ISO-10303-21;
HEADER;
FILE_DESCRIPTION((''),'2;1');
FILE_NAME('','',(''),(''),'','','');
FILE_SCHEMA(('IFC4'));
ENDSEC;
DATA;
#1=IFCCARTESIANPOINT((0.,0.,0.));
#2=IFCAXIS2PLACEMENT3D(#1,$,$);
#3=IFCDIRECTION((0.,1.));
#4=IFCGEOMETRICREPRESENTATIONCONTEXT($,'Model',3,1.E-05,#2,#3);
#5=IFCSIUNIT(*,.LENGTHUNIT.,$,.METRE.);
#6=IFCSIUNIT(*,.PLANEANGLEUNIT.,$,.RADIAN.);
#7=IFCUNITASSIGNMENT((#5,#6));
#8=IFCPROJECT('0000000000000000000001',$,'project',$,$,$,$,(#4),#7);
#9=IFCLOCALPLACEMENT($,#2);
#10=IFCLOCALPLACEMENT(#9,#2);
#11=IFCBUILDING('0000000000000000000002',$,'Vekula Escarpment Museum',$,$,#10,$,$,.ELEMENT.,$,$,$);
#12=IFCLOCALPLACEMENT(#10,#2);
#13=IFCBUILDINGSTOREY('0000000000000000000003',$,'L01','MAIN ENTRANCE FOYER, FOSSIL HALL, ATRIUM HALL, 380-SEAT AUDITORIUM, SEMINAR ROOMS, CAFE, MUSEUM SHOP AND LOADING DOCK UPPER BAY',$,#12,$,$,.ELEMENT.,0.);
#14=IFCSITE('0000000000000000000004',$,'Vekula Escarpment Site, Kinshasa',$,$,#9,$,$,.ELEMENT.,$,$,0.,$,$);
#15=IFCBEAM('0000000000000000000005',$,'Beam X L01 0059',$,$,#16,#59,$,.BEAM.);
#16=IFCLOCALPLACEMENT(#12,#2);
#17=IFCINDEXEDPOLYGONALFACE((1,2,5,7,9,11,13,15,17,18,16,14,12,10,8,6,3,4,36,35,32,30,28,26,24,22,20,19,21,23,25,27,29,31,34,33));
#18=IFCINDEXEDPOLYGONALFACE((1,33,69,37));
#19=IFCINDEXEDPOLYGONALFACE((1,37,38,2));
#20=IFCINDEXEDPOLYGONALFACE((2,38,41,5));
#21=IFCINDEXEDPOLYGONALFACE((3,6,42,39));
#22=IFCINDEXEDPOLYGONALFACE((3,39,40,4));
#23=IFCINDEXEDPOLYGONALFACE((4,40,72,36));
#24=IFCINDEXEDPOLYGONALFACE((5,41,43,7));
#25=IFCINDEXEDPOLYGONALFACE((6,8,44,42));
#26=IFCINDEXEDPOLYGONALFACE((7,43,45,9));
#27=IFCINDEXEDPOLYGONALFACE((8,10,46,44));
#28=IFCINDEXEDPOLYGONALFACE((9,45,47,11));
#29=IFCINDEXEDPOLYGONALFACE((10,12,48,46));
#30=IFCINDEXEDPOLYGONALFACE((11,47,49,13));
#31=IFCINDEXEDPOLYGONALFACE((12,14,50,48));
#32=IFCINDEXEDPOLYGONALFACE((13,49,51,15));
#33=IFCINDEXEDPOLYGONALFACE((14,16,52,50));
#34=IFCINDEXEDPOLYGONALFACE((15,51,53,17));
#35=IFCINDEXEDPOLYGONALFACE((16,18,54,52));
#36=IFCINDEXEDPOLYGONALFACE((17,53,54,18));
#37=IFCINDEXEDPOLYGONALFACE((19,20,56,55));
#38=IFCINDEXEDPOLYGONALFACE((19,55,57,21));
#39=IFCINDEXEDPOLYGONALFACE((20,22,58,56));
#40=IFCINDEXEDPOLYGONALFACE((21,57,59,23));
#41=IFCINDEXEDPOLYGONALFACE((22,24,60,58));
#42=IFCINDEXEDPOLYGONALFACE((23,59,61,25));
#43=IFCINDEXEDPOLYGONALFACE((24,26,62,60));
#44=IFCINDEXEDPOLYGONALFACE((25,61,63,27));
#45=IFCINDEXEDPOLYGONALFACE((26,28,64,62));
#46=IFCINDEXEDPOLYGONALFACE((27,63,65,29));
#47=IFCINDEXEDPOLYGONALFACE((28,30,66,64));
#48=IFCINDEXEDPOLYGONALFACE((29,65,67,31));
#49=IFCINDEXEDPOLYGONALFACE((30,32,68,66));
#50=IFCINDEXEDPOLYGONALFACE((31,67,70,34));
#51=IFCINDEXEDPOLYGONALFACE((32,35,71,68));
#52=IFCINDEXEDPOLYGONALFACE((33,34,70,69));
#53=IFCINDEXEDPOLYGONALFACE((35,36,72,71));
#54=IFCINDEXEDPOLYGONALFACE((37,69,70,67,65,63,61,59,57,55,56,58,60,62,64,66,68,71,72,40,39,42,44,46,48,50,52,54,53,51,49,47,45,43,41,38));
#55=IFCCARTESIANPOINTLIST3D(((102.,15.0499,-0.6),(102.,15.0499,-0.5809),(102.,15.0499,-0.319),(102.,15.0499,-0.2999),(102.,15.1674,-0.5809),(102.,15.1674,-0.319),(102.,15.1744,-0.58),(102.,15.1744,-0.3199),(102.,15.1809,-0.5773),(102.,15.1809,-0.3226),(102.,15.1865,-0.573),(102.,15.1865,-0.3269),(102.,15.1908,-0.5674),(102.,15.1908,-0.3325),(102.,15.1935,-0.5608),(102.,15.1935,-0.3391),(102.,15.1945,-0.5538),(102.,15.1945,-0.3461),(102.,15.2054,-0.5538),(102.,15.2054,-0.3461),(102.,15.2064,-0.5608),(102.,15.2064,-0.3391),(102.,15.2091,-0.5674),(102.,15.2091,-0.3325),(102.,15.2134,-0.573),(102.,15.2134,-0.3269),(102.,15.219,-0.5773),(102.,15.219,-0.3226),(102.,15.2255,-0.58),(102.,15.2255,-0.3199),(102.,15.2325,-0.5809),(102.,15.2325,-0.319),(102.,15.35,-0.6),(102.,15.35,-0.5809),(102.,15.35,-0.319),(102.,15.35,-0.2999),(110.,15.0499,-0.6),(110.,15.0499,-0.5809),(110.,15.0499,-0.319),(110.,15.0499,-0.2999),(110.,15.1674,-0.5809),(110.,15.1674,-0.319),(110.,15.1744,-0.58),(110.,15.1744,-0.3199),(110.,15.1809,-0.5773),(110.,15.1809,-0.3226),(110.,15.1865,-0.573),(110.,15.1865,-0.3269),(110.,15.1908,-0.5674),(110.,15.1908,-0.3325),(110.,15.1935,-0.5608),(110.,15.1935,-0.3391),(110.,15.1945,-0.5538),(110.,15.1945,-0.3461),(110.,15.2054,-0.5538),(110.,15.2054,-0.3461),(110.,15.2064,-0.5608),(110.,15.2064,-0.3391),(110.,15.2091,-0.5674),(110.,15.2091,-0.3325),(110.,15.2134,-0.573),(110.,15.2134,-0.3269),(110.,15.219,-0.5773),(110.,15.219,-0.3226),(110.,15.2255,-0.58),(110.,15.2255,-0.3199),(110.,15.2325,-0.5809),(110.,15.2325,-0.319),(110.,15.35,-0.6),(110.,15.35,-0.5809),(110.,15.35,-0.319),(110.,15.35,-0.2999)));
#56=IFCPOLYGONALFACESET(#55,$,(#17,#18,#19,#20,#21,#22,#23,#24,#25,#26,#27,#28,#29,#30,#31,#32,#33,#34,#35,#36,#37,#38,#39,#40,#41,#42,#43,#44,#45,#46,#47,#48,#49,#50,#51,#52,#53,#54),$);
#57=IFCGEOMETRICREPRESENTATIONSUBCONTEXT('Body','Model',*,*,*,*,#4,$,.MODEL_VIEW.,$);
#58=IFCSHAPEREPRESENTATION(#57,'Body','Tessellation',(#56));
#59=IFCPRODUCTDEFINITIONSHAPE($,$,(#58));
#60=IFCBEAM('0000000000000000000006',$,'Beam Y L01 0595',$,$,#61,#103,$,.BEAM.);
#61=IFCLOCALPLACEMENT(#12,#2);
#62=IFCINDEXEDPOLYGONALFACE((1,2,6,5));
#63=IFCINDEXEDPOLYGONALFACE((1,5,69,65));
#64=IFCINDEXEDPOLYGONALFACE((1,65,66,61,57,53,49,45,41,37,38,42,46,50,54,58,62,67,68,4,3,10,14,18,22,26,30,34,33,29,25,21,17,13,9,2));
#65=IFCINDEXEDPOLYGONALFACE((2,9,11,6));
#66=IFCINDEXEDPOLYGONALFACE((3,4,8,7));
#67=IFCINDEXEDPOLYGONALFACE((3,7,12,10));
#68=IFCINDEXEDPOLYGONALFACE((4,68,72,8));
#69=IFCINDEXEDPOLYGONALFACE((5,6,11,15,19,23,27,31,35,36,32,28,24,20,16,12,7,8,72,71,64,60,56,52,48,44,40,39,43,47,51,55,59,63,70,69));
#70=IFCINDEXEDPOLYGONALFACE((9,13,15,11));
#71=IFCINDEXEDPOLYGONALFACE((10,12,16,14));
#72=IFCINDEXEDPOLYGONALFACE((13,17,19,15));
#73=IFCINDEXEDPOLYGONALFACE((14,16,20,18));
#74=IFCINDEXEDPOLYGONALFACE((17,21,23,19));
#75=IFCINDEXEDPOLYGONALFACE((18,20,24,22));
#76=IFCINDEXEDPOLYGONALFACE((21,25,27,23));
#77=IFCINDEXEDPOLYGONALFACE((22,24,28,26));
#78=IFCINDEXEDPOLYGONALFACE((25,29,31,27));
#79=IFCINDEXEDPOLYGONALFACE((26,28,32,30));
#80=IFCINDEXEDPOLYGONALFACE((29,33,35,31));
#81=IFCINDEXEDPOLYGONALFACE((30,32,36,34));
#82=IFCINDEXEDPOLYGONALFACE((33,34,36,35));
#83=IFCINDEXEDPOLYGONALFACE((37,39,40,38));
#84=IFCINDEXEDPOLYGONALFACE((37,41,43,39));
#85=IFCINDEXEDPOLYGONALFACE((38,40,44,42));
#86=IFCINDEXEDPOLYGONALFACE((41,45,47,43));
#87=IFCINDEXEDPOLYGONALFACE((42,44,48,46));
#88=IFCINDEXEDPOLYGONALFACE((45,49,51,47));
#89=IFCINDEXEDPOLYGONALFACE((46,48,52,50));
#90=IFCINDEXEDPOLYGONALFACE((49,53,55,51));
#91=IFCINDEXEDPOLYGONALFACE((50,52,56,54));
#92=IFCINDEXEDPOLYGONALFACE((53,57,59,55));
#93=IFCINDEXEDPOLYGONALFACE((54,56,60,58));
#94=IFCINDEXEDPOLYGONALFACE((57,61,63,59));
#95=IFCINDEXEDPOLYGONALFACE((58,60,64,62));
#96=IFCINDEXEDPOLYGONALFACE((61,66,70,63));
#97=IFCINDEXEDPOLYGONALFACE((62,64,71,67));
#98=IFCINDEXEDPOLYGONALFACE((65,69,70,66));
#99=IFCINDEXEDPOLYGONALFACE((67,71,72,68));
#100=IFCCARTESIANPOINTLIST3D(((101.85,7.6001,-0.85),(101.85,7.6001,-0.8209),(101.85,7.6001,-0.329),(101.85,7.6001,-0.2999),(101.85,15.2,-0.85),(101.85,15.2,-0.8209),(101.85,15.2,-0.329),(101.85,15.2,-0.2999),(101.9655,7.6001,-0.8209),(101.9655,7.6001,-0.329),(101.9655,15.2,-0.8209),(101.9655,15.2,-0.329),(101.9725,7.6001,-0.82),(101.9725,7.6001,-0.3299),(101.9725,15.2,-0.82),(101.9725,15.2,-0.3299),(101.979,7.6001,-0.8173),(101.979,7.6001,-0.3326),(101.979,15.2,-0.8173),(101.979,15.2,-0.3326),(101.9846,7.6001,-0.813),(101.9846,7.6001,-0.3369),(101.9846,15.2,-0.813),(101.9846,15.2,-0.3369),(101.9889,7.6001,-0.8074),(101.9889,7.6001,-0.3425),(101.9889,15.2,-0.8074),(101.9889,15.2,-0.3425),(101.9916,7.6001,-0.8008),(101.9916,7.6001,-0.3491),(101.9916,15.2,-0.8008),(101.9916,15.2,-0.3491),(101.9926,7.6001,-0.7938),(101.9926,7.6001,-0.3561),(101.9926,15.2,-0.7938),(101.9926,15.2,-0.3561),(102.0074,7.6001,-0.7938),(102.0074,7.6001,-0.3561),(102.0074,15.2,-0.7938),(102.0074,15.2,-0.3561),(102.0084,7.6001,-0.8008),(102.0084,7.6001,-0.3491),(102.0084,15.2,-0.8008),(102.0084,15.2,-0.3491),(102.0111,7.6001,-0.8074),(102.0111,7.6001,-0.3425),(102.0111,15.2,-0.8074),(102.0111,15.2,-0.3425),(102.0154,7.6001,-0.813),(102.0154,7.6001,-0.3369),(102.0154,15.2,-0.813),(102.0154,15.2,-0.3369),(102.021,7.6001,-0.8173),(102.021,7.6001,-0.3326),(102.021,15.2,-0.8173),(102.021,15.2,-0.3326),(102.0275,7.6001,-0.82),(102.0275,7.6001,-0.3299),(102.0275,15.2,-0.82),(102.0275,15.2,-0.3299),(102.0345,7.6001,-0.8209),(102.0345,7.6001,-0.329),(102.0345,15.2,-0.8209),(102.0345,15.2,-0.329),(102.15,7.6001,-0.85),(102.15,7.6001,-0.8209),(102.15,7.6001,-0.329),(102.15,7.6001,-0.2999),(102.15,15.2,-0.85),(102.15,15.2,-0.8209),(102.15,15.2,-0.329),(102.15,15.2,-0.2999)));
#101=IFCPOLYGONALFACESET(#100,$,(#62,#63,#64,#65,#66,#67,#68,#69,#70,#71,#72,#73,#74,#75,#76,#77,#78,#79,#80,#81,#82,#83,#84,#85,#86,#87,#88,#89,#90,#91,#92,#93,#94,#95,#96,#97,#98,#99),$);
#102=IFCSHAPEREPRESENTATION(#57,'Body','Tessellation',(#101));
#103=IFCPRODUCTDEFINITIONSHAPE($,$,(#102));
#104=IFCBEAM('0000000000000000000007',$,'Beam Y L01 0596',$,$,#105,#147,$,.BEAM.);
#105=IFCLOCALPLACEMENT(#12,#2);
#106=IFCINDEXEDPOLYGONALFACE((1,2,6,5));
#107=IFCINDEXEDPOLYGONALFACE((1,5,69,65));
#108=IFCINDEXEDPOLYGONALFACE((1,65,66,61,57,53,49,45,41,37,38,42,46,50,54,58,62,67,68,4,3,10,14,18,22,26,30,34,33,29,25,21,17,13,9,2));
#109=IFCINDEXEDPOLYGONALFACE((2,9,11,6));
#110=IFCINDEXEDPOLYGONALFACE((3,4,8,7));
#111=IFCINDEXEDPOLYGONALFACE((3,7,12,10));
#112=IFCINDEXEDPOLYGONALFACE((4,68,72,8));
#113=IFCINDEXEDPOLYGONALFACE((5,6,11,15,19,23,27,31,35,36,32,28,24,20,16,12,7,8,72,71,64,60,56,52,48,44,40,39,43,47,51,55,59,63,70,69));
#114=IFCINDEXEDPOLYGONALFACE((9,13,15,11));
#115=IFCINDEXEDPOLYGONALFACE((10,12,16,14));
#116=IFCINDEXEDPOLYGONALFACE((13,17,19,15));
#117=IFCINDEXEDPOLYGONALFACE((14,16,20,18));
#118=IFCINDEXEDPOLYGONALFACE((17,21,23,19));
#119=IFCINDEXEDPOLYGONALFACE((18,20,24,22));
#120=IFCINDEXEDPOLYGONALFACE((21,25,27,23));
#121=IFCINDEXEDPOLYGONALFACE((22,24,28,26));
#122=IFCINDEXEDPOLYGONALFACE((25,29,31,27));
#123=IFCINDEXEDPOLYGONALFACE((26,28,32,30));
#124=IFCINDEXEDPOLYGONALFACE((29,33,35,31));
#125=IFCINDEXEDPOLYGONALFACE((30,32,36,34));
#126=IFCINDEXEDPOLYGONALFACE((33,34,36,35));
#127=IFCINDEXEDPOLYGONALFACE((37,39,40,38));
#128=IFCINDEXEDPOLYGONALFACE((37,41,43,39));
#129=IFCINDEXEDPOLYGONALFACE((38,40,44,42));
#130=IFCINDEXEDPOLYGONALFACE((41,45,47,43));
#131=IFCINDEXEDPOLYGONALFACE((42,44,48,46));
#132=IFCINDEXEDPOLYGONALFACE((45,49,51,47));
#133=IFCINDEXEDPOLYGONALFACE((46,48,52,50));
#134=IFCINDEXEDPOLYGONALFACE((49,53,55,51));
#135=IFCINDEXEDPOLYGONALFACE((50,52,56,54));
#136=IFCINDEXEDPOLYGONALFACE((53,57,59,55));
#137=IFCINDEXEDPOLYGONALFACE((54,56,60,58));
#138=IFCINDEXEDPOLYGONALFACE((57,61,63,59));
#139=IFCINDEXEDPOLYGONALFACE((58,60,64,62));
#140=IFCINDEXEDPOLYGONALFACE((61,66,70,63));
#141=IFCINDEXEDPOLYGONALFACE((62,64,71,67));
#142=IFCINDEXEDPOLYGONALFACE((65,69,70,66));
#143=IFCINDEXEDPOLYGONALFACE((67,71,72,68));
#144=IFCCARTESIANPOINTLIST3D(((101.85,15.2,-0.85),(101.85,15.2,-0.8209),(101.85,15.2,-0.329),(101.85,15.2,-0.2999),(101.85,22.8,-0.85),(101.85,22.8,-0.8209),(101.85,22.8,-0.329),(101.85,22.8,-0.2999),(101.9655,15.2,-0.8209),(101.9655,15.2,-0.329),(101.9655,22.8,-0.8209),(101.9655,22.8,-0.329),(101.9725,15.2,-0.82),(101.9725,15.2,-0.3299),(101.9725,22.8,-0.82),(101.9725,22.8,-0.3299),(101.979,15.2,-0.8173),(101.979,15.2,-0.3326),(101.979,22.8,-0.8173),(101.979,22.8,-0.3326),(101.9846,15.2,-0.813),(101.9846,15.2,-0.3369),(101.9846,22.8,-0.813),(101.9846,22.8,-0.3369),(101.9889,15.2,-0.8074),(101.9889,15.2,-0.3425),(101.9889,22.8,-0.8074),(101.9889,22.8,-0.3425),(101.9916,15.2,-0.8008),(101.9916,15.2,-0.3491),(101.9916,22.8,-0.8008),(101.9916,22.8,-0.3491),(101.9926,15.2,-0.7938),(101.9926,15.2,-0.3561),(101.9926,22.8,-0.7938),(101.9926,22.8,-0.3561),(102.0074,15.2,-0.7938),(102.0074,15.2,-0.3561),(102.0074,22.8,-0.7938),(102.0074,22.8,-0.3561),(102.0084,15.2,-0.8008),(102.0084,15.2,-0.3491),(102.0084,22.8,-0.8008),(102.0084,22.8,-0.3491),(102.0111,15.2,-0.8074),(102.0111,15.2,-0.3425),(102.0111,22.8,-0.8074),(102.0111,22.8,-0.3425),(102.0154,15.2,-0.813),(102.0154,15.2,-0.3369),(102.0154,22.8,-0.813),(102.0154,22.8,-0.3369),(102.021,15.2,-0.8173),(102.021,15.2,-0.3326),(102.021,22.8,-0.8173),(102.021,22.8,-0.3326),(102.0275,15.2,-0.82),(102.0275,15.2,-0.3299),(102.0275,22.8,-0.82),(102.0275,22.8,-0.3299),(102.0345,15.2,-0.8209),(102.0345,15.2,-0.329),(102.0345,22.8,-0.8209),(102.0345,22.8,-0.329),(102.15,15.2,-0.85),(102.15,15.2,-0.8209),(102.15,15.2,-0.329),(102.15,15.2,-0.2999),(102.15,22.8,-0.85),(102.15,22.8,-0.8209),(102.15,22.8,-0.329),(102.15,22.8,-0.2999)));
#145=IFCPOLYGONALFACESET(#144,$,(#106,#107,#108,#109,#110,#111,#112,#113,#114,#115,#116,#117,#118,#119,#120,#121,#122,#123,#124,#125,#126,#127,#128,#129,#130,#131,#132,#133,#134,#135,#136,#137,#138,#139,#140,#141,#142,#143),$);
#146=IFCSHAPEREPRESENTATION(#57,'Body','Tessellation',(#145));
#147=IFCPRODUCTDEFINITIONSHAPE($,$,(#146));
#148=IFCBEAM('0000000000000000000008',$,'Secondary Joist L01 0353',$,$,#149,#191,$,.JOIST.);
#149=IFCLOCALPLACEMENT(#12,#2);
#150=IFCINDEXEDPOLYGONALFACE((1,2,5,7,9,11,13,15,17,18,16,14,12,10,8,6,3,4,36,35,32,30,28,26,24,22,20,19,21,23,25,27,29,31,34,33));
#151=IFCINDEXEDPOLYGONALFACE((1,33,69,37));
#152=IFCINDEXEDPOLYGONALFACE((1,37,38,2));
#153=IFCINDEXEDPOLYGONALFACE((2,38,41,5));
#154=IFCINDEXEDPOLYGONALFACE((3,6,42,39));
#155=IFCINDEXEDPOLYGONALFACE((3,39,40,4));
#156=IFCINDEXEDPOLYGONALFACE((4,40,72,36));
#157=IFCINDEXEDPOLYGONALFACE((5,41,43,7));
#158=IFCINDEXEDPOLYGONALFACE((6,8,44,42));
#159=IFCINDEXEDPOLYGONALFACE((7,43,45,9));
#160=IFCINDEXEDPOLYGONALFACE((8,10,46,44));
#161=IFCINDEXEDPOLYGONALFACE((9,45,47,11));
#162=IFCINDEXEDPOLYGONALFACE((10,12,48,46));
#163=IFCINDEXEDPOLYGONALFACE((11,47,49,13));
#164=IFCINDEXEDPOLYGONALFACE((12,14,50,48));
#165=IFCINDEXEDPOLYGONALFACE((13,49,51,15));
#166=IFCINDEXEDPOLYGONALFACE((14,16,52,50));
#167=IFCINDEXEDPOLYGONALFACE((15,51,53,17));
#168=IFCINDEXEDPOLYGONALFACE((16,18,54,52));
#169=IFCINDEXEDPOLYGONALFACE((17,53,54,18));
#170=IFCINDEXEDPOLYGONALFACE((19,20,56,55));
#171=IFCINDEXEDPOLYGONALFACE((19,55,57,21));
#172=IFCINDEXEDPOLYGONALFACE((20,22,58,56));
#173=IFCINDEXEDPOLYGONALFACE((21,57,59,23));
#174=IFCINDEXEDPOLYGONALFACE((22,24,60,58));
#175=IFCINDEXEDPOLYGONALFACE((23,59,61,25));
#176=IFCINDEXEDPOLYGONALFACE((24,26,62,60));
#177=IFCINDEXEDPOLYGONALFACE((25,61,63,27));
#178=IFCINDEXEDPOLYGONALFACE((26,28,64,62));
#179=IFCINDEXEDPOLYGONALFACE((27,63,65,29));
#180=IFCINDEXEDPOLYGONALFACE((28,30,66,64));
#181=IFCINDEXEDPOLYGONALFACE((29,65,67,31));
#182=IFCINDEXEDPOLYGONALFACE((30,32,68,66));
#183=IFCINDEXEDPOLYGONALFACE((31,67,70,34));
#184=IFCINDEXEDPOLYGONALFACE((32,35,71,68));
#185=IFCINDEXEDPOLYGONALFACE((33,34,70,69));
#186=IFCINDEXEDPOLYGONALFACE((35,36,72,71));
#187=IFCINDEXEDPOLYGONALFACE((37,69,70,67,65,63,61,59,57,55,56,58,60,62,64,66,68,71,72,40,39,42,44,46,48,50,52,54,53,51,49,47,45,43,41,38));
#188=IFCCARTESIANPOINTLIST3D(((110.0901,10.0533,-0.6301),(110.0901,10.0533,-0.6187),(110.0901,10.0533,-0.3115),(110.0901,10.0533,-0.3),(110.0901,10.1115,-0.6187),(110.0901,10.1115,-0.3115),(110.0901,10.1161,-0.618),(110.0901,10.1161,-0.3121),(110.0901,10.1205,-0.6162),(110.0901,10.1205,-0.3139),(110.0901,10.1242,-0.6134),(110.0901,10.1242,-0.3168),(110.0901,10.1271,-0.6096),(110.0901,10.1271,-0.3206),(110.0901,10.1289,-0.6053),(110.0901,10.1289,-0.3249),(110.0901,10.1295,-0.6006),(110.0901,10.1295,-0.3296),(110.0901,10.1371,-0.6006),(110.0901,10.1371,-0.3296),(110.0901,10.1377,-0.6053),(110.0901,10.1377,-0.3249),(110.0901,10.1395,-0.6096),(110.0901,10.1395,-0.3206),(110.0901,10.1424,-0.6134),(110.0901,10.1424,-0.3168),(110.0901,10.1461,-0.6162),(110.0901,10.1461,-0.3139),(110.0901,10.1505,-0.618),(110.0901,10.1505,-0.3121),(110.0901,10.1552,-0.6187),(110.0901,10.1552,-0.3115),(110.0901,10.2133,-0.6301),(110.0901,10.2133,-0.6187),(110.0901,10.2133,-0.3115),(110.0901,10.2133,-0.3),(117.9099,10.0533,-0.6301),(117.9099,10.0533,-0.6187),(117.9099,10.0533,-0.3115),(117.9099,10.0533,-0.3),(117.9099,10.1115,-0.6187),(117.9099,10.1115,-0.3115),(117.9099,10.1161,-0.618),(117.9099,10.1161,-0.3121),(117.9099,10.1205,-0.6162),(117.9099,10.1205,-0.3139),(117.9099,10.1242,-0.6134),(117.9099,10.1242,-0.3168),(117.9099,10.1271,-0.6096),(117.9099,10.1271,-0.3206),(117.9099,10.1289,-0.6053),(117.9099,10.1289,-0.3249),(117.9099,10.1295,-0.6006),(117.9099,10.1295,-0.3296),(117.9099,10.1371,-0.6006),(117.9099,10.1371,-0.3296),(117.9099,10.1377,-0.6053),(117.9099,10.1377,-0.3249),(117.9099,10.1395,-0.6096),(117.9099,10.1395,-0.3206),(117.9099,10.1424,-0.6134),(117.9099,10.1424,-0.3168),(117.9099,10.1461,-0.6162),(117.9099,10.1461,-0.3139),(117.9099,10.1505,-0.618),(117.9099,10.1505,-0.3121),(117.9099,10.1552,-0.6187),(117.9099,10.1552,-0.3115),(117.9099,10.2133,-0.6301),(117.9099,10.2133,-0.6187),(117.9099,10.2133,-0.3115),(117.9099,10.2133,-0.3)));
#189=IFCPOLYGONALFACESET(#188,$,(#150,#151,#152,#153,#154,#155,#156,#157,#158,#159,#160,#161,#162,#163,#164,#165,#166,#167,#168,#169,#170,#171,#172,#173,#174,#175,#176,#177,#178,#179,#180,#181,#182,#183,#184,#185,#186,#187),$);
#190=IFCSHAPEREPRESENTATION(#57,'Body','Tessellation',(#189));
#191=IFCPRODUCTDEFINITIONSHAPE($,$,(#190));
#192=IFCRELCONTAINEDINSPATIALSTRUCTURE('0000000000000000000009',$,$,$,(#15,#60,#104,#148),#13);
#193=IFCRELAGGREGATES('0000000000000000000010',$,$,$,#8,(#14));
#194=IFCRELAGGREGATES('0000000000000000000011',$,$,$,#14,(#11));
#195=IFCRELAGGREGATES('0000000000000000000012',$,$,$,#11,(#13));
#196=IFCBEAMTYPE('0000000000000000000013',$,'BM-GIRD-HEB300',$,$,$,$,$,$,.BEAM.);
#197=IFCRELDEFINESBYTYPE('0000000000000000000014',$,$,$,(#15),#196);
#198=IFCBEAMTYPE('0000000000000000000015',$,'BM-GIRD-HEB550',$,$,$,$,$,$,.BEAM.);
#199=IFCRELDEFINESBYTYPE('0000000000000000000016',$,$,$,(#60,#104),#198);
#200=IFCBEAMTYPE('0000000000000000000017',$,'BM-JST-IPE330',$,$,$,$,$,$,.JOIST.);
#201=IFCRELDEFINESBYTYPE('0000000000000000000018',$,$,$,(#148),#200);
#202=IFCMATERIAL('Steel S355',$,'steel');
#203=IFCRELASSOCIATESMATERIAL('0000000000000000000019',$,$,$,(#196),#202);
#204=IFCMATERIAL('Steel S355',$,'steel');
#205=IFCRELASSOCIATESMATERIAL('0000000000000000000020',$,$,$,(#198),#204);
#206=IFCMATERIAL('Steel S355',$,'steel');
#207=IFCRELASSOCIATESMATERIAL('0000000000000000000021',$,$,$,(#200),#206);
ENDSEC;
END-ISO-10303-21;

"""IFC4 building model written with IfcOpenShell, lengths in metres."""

from ifc_helpers import new_model, si_unit, direction, frame, origin, origin_2d, place, context, subcontext, project, spatial, i_section, extrude, material, material_profile, profile_set, type_object, element, save


model = new_model("IFC4")

# Units and contexts
model_context = context("Model", 3, precision=1e-05, world=origin(), true_north=direction((0.0, 1.0)))
body_context = subcontext(model_context, "Body", "Model", "MODEL_VIEW")
ifc_project = project(units=[si_unit("LENGTHUNIT", "METRE"), si_unit("PLANEANGLEUNIT", "RADIAN")], contexts=[model_context])

# Site, building, storey
site_placement = place(None, origin())
site = spatial("IfcSite", under=ifc_project, at=site_placement, Name="Vekula Escarpment Site, Kinshasa", CompositionType="ELEMENT", RefElevation=0.0)
building_placement = place(site_placement, origin())
building = spatial("IfcBuilding", under=site, at=building_placement, Name="Vekula Escarpment Museum", CompositionType="ELEMENT")
storey_placement = place(building_placement, origin())
storey = spatial("IfcBuildingStorey", under=building, at=storey_placement, Name="L01", Description="MAIN ENTRANCE FOYER, FOSSIL HALL, ATRIUM HALL, 380-SEAT AUDITORIUM, SEMINAR ROOMS, CAFE, MUSEUM SHOP AND LOADING DOCK UPPER BAY", CompositionType="ELEMENT", Elevation=0.0)

# Beams
ifc_material_1 = material(Name="Steel S355", Category="steel")
ifc_material_profile_1 = material_profile(ifc_material_1, i_section(OverallWidth=0.3, OverallDepth=0.3, WebThickness=0.011, FlangeThickness=0.019, FilletRadius=0.0271, at=origin_2d()), Name="HEB 300")
ifc_profile_set_1 = profile_set([ifc_material_profile_1], Name="Steel S355")
beam_type_1 = type_object("IfcBeamType", Name="BM-GIRD-HEB300", PredefinedType="BEAM", material=ifc_profile_set_1)
for number, where, z_axis, x_axis, name in (
    (1, (102.0, 15.2, -0.45), (1.0, 0.0, 0.0), (0.0, 1.0, 0.0), "Beam X L01 0059"),
):
    element("IfcBeam", number, at=place(storey_placement, frame(where, z_axis=z_axis, x_axis=x_axis)), inside=storey, type_object=beam_type_1, Name=name, PredefinedType="BEAM", context=body_context, shape_type="SweptSolid", body=[
        extrude(i_section(OverallWidth=0.3, OverallDepth=0.3, WebThickness=0.011, FlangeThickness=0.019, FilletRadius=0.0271, at=origin_2d()), origin(), (0.0, 0.0, 1.0), 8.0),
    ])
ifc_material_2 = material(Name="Steel S355", Category="steel")
ifc_material_profile_2 = material_profile(ifc_material_2, i_section(OverallWidth=0.3, OverallDepth=0.55, WebThickness=0.0149, FlangeThickness=0.0291, FilletRadius=0.0271, at=origin_2d()), Name="HEB 550")
ifc_profile_set_2 = profile_set([ifc_material_profile_2], Name="Steel S355")
beam_type_2 = type_object("IfcBeamType", Name="BM-GIRD-HEB550", PredefinedType="BEAM", material=ifc_profile_set_2)
beam_1_placement = place(storey_placement, frame((102.0, 7.6001, -0.575), z_axis=(0.0, 1.0, 0.0), x_axis=(-1.0, 0.0, 0.0)))
element("IfcBeam", 2, at=beam_1_placement, inside=storey, type_object=beam_type_2, Name="Beam Y L01 0595", PredefinedType="BEAM", context=body_context, shape_type="SweptSolid", body=[
    extrude(i_section(OverallWidth=0.3, OverallDepth=0.55, WebThickness=0.0149, FlangeThickness=0.0291, FilletRadius=0.0271, at=origin_2d()), origin(), (0.0, 0.0, 1.0), 7.5999),
])
beam_2_placement = place(storey_placement, frame((102.0, 15.2, -0.575), z_axis=(0.0, 1.0, 0.0), x_axis=(-1.0, 0.0, 0.0)))
element("IfcBeam", 3, at=beam_2_placement, inside=storey, type_object=beam_type_2, Name="Beam Y L01 0596", PredefinedType="BEAM", context=body_context, shape_type="SweptSolid", body=[
    extrude(i_section(OverallWidth=0.3, OverallDepth=0.55, WebThickness=0.0149, FlangeThickness=0.0291, FilletRadius=0.0271, at=origin_2d()), origin(), (0.0, 0.0, 1.0), 7.6001),
])
ifc_material_3 = material(Name="Steel S355", Category="steel")
ifc_material_profile_3 = material_profile(ifc_material_3, i_section(OverallWidth=0.1599, OverallDepth=0.3301, WebThickness=0.0076, FlangeThickness=0.0115, FilletRadius=0.0181, at=origin_2d()), Name="IPE 330")
ifc_profile_set_3 = profile_set([ifc_material_profile_3], Name="Steel S355")
beam_type_3 = type_object("IfcBeamType", Name="BM-JST-IPE330", PredefinedType="JOIST", material=ifc_profile_set_3)
for number, where, z_axis, x_axis, name in (
    (4, (110.0901, 10.1333, -0.4651), (1.0, 0.0, 0.0), (0.0, 1.0, 0.0), "Secondary Joist L01 0353"),
):
    element("IfcBeam", number, at=place(storey_placement, frame(where, z_axis=z_axis, x_axis=x_axis)), inside=storey, type_object=beam_type_3, Name=name, PredefinedType="JOIST", context=body_context, shape_type="SweptSolid", body=[
        extrude(i_section(OverallWidth=0.1599, OverallDepth=0.3301, WebThickness=0.0076, FlangeThickness=0.0115, FilletRadius=0.0181, at=origin_2d()), origin(), (0.0, 0.0, 1.0), 7.8198),
    ])

save(model, "model.ifc")
